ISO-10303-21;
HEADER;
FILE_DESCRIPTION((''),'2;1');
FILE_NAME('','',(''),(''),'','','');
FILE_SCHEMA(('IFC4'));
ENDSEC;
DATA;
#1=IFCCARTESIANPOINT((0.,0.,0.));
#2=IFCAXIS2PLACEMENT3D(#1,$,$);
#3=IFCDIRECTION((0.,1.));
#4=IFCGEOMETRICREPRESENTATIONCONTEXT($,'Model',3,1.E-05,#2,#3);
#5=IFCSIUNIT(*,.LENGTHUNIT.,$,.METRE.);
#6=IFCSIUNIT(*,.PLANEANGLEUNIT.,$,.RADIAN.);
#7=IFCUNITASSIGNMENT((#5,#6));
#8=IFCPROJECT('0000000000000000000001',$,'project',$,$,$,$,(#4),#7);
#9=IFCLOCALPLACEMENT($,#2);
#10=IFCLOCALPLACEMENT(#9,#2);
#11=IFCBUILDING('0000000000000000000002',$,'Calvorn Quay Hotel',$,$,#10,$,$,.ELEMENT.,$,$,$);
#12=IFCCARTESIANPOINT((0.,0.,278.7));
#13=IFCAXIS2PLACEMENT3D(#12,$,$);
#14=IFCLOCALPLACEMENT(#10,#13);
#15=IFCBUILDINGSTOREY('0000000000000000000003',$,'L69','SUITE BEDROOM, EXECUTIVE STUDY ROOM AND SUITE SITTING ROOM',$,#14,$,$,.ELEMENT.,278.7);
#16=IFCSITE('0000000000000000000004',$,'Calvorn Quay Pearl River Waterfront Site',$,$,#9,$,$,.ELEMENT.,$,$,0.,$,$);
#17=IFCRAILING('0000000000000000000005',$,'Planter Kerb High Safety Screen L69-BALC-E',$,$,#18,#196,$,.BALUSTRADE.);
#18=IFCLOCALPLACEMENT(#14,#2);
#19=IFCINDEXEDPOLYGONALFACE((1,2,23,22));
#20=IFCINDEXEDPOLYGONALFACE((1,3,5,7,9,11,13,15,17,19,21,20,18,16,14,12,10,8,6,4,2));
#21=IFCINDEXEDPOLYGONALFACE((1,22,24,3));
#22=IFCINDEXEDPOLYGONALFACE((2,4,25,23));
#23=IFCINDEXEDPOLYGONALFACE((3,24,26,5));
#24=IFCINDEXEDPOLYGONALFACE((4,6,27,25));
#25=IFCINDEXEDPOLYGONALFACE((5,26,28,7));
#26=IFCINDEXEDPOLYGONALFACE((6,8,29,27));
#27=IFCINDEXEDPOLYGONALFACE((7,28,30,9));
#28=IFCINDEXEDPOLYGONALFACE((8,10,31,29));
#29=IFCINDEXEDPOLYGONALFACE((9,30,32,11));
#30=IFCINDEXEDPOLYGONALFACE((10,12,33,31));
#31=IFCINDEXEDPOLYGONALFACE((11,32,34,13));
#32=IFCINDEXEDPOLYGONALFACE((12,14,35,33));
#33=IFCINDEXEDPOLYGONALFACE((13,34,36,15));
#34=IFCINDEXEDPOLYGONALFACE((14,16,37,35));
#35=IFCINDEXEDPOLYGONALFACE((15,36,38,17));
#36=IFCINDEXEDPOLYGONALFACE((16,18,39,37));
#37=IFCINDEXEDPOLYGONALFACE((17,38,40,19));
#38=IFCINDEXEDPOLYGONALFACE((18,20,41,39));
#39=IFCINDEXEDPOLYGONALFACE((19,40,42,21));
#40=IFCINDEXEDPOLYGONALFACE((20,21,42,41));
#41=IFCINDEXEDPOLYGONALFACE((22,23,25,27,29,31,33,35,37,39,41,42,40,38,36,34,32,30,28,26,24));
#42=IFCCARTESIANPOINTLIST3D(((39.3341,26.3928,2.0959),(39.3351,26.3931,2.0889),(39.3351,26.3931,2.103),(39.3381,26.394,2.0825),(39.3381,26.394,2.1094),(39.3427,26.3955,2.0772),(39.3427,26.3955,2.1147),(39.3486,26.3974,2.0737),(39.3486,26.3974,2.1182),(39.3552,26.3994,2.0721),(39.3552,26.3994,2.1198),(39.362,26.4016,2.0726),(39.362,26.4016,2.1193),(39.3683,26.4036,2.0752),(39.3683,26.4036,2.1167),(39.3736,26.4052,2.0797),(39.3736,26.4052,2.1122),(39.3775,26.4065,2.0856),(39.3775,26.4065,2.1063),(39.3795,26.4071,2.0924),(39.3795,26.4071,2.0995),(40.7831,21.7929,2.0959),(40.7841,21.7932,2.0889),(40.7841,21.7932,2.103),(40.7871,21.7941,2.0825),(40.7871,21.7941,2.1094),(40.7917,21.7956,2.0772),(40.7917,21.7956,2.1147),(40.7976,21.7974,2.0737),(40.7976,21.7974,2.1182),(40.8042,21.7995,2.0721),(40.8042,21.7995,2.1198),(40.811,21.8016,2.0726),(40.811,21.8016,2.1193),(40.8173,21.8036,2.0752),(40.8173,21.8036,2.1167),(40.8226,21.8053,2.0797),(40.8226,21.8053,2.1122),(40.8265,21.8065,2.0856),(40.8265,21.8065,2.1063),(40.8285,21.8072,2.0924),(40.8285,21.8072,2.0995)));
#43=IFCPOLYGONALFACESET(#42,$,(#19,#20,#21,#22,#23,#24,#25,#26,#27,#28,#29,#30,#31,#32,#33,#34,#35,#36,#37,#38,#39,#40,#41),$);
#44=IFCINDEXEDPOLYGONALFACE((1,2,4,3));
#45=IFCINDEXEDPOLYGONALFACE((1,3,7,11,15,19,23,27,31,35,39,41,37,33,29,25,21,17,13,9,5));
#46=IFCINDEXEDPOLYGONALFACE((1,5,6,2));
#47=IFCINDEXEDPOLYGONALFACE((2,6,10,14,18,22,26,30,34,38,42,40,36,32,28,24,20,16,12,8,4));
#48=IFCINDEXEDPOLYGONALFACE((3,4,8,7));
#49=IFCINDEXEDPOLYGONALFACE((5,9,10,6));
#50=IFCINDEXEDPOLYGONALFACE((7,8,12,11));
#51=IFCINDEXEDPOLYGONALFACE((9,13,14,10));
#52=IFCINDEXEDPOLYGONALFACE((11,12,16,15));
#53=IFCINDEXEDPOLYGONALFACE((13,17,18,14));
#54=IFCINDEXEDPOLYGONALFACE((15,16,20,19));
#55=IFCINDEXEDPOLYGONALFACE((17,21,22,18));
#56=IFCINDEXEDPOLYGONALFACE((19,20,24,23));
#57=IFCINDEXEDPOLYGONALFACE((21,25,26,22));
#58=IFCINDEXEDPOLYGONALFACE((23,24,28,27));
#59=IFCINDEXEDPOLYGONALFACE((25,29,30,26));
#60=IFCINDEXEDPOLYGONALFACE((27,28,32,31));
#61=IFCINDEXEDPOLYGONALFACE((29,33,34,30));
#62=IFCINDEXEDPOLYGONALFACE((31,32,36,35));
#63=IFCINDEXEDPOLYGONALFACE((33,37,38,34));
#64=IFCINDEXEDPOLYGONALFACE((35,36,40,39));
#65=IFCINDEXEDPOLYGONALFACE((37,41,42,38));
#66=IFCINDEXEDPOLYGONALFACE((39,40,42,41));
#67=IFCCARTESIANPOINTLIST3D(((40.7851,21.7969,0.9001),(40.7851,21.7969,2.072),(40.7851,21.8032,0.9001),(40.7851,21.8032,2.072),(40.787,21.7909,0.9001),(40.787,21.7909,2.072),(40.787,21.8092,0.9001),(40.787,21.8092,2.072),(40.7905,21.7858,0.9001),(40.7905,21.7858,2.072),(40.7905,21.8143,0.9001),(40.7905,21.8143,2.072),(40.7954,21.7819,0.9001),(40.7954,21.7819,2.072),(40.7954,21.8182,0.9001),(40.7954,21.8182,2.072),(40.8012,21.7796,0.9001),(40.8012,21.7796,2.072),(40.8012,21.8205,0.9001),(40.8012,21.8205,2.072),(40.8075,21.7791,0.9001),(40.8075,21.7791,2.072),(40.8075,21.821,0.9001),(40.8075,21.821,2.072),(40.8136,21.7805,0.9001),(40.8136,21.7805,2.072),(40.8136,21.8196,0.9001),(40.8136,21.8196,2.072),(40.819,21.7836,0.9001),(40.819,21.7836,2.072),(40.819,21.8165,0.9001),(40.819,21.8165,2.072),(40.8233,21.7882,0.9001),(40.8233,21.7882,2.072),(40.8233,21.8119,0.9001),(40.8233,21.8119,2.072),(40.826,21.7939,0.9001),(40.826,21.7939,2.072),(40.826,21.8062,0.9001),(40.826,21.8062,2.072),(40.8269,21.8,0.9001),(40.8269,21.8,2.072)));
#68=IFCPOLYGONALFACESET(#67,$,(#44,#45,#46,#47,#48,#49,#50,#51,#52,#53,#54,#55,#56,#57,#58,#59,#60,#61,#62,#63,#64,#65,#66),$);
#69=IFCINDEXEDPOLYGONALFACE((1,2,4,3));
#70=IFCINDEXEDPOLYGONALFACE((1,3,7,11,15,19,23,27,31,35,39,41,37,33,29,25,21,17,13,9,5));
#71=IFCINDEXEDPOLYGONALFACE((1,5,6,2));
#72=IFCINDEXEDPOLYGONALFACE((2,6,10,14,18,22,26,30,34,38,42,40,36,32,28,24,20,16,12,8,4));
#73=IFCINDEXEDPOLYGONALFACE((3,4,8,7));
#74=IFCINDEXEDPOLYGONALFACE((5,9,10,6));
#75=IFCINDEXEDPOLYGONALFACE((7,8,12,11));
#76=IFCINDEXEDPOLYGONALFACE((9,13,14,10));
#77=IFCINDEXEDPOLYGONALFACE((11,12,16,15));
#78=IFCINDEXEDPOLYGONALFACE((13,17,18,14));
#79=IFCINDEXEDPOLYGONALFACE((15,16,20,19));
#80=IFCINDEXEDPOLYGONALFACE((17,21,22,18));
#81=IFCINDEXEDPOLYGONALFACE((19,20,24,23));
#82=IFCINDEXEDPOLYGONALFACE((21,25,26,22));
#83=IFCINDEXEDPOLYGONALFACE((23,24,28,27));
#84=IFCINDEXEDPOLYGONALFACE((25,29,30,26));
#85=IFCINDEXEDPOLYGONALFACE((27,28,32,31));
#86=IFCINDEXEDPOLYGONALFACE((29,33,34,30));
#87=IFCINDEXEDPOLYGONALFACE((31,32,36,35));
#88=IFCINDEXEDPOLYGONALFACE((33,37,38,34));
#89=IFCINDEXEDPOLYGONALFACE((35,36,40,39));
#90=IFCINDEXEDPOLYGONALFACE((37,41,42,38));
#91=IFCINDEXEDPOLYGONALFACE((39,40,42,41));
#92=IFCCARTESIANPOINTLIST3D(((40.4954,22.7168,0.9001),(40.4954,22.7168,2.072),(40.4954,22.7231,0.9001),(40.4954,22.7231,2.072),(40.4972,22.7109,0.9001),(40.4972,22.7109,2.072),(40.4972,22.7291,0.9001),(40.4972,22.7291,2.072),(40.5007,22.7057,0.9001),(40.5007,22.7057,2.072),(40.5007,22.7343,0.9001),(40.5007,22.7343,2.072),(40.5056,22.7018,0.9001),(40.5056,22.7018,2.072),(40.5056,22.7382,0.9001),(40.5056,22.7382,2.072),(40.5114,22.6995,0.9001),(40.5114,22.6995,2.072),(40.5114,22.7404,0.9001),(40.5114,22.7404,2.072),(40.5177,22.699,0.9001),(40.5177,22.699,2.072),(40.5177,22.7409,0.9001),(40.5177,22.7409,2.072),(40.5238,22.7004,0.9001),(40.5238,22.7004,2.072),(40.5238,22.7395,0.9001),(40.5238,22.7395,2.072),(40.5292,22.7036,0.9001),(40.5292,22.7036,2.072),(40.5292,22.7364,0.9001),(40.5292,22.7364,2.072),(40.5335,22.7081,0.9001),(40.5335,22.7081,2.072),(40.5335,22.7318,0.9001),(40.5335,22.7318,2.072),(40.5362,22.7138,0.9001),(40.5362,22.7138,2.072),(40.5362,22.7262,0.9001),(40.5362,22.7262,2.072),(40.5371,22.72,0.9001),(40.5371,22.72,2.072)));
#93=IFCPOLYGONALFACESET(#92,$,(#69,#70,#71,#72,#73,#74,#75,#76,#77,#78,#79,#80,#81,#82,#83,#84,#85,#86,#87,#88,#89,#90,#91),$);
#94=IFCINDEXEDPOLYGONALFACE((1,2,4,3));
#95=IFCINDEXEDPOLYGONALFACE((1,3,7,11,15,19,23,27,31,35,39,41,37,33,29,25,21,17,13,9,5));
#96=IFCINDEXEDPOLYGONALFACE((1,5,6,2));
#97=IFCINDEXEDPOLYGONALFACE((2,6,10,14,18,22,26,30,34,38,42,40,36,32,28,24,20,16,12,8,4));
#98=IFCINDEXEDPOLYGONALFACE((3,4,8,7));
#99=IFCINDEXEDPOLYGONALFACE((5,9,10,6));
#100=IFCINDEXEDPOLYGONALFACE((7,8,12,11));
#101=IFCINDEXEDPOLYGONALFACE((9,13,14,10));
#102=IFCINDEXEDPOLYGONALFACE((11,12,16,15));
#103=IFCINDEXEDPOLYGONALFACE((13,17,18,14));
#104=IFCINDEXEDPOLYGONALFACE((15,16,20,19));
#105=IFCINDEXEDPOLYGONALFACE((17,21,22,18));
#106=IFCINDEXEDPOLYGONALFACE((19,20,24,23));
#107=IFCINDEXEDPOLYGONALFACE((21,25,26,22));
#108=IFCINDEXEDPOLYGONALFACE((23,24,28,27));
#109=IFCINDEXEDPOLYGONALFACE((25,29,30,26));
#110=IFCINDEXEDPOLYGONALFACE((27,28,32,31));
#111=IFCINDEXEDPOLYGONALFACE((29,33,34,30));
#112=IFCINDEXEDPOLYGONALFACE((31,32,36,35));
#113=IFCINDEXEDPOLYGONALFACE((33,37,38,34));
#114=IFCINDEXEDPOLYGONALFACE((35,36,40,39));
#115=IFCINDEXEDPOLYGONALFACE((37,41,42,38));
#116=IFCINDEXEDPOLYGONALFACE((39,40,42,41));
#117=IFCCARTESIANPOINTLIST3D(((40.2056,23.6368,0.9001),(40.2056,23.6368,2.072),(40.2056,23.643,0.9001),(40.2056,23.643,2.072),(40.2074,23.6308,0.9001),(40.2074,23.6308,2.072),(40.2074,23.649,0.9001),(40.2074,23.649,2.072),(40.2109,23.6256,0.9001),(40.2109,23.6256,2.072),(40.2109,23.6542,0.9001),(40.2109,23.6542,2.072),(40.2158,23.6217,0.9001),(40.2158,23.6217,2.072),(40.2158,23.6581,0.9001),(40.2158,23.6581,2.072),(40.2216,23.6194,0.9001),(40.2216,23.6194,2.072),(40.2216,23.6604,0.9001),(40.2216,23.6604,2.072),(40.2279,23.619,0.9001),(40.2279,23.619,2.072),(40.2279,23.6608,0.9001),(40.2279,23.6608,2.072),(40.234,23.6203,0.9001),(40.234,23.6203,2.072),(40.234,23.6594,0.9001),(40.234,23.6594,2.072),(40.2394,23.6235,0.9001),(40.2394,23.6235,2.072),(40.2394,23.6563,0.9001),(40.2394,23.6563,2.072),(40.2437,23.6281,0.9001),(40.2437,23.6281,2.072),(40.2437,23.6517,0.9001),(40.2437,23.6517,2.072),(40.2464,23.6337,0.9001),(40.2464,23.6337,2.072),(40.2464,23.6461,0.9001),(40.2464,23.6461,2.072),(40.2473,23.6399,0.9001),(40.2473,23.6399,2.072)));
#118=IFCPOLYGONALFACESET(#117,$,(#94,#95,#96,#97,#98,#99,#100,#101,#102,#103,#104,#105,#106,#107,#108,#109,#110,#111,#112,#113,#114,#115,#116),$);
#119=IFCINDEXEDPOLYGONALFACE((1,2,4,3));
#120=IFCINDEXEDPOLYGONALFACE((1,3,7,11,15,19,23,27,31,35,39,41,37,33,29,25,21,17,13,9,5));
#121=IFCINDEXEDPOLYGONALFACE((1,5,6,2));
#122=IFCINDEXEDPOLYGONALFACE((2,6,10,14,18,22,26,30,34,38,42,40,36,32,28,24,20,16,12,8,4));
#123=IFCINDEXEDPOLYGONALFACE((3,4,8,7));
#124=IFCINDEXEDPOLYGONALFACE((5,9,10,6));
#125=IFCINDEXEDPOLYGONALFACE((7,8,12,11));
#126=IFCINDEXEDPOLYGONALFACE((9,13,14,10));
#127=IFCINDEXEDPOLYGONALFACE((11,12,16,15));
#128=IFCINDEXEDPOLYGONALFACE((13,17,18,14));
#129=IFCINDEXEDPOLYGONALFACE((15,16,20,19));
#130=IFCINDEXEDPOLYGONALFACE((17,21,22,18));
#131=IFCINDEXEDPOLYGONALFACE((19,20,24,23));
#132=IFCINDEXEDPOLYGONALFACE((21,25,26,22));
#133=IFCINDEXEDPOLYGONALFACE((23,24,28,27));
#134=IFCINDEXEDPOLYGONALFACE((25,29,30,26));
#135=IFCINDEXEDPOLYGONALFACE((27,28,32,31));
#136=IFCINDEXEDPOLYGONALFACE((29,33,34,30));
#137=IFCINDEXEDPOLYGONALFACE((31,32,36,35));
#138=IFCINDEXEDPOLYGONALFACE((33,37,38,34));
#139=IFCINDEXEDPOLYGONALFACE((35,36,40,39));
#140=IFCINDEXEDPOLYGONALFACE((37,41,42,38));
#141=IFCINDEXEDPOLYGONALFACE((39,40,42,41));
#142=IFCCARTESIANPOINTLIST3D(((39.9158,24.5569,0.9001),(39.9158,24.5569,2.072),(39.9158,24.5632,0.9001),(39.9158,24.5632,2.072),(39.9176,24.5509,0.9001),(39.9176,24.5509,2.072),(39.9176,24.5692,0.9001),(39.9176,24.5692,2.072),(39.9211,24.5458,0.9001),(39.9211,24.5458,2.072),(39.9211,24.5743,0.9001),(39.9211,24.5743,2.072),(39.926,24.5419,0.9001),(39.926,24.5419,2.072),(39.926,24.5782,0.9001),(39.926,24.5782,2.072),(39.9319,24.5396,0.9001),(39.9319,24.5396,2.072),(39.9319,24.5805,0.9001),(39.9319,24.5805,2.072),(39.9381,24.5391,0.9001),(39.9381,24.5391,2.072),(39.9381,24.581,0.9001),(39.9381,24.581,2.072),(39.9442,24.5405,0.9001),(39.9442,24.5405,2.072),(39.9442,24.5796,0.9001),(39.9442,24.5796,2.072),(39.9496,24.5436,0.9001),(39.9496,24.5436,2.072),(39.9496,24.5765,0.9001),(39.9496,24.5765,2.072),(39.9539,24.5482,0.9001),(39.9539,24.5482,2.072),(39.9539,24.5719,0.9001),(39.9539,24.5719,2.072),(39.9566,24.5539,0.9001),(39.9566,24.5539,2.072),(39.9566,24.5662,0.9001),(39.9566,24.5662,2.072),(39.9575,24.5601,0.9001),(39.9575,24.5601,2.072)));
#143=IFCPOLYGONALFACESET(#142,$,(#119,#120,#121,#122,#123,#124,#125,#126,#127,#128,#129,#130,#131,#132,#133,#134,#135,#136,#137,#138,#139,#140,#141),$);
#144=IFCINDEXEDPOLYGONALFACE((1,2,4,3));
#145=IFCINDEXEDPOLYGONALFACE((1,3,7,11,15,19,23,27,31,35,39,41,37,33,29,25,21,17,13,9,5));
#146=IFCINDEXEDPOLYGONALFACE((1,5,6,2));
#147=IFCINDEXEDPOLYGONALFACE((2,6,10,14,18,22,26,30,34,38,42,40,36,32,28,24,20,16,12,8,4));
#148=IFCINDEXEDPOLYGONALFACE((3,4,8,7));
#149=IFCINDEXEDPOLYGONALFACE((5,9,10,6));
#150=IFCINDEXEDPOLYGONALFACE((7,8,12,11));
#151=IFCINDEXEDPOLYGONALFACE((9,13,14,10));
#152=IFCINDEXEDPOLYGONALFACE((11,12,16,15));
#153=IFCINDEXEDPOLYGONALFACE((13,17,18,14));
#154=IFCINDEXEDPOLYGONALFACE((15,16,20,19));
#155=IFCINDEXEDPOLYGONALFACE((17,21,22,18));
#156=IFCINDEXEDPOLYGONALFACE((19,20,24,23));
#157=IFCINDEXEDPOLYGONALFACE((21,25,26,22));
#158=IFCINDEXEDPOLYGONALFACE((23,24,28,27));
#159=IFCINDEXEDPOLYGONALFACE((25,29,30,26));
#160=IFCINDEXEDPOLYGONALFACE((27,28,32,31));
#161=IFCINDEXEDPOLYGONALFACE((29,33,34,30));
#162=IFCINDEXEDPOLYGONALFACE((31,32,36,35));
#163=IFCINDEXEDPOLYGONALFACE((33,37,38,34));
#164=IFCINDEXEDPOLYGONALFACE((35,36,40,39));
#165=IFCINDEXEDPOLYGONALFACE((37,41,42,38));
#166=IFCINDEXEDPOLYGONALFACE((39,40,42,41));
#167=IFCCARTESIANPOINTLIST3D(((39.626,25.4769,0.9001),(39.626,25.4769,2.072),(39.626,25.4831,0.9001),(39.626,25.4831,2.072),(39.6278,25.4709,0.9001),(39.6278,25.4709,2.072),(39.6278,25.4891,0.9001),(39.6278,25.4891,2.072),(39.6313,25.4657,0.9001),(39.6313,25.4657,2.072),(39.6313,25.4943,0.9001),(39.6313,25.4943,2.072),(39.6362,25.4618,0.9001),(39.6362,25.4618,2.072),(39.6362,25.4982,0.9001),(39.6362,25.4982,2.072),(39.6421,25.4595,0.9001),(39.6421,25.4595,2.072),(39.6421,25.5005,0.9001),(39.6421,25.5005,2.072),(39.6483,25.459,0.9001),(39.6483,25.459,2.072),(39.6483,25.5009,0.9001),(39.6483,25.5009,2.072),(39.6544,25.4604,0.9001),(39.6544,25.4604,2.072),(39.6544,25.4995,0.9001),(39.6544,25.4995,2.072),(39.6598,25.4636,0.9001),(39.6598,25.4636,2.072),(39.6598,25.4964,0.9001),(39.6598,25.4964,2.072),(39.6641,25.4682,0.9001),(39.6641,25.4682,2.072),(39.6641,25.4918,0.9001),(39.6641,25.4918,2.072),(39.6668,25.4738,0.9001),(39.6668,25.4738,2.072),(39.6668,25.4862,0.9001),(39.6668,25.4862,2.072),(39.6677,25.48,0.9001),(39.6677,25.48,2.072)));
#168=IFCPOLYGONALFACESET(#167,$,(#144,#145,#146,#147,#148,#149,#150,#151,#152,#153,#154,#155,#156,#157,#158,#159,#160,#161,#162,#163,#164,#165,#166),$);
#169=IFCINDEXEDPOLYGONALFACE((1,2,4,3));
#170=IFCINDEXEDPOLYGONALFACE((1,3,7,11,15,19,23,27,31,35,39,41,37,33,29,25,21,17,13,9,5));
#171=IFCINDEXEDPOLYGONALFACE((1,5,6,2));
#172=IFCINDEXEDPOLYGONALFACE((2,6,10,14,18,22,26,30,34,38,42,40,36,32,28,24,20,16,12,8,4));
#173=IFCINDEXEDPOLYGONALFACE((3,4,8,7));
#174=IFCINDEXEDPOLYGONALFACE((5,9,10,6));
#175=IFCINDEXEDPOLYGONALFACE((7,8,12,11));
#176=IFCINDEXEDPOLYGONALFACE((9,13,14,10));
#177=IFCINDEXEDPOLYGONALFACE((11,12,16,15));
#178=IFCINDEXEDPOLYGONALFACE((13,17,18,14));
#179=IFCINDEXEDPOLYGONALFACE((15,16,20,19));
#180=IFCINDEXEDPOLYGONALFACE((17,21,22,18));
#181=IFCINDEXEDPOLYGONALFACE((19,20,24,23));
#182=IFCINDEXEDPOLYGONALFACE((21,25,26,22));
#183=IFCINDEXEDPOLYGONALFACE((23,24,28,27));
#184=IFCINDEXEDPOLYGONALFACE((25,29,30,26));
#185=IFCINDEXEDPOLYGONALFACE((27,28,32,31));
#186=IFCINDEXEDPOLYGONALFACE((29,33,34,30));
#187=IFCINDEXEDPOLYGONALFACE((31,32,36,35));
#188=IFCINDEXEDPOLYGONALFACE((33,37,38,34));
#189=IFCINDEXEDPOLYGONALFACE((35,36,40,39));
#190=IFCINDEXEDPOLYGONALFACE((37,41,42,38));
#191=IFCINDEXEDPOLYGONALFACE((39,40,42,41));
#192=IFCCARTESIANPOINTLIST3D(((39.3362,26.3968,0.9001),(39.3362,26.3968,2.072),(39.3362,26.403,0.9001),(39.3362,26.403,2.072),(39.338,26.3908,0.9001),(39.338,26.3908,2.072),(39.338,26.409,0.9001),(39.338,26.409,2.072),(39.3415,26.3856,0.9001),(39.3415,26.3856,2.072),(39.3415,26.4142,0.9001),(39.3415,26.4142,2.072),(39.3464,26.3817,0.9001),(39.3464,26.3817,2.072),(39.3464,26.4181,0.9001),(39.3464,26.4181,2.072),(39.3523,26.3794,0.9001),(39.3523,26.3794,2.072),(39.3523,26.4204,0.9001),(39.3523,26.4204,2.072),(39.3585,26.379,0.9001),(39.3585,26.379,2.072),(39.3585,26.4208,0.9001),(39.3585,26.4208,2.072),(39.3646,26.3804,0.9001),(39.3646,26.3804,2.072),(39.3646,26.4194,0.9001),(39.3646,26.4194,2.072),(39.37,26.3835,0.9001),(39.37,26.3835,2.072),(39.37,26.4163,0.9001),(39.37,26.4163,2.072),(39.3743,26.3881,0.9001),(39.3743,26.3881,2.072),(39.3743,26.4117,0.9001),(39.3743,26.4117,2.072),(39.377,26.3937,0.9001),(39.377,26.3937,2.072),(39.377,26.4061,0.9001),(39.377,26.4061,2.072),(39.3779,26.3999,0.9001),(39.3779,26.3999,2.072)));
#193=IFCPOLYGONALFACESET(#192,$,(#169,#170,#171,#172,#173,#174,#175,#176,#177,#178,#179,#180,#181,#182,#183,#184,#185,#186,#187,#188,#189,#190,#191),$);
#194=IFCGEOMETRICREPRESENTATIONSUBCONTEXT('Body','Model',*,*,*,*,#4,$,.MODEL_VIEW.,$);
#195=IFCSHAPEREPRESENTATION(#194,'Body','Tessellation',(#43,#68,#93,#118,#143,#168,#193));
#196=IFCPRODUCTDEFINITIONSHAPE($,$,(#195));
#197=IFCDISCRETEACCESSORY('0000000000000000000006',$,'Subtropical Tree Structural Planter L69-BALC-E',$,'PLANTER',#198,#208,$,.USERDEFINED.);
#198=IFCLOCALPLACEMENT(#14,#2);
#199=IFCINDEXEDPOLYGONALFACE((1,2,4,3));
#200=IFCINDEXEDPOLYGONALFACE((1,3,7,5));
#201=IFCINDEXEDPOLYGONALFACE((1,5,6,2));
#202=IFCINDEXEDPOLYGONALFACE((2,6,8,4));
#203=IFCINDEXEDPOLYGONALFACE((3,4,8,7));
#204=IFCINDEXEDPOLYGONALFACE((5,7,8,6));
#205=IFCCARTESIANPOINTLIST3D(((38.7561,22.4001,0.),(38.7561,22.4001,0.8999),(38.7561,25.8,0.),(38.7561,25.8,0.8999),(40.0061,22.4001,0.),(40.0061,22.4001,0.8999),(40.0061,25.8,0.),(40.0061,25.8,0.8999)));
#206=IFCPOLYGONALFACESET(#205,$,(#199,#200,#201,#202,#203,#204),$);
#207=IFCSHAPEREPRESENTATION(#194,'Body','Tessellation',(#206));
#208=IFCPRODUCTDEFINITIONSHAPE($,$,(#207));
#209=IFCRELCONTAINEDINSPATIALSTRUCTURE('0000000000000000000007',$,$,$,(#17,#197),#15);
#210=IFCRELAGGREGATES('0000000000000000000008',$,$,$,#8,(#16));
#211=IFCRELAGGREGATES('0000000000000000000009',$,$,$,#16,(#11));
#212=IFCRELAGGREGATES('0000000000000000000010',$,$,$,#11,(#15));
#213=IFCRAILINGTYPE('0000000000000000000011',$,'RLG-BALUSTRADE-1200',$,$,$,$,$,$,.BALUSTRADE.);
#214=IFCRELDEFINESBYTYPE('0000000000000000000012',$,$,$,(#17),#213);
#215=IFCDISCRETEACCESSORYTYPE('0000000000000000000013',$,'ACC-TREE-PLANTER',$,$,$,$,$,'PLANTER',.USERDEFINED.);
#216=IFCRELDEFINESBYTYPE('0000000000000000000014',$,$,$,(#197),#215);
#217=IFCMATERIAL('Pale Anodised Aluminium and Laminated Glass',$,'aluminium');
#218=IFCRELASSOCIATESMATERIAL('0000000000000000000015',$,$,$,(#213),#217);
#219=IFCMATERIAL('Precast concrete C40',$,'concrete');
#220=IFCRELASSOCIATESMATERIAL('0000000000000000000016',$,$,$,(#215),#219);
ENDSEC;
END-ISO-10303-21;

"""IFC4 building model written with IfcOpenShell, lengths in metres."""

from ifc_helpers import new_model, si_unit, direction, frame, origin, origin_2d, place, context, subcontext, project, spatial, rectangle, circle, extrude, material, type_object, element, save


model = new_model("IFC4")

# Units and contexts
model_context = context("Model", 3, precision=1e-05, world=origin(), true_north=direction((0.0, 1.0)))
body_context = subcontext(model_context, "Body", "Model", "MODEL_VIEW")
ifc_project = project(units=[si_unit("LENGTHUNIT", "METRE"), si_unit("PLANEANGLEUNIT", "RADIAN")], contexts=[model_context])

# Site, building, storey
site_placement = place(None, origin())
site = spatial("IfcSite", under=ifc_project, at=site_placement, Name="Calvorn Quay Pearl River Waterfront Site", CompositionType="ELEMENT", RefElevation=0.0)
building_placement = place(site_placement, origin())
building = spatial("IfcBuilding", under=site, at=building_placement, Name="Calvorn Quay Hotel", CompositionType="ELEMENT")
storey_placement = place(building_placement, frame((0.0, 0.0, 278.7)))
storey = spatial("IfcBuildingStorey", under=building, at=storey_placement, Name="L69", Description="SUITE BEDROOM, EXECUTIVE STUDY ROOM AND SUITE SITTING ROOM", CompositionType="ELEMENT", Elevation=278.7)

# Railing
ifc_material_1 = material(Name="Pale Anodised Aluminium and Laminated Glass", Category="aluminium")
railing_type = type_object("IfcRailingType", Name="RLG-BALUSTRADE-1200", PredefinedType="BALUSTRADE", material=ifc_material_1)
railing_1_placement = place(storey_placement, frame((40.8059, 21.8, 0.9001)))
element("IfcRailing", 1, at=railing_1_placement, inside=storey, type_object=railing_type, Name="Planter Kerb High Safety Screen L69-BALC-E", PredefinedType="BALUSTRADE", context=body_context, shape_type="SweptSolid", body=[
    extrude(circle(Radius=0.0239, at=origin_2d()), frame((0.0, 0.0, 1.1958), z_axis=(-0.30045, 0.953797, 0.0), x_axis=(-0.953797, -0.30045, 0.0)), (0.0, 0.0, 1.0), 4.8228),
    extrude(circle(Radius=0.021, at=origin_2d()), origin(), (0.0, 0.0, 1.0), 1.1719),
    extrude(circle(Radius=0.021, at=origin_2d()), frame((-0.2898, 0.9199, 0.0)), (0.0, 0.0, 1.0), 1.1719),
    extrude(circle(Radius=0.021, at=origin_2d()), frame((-0.5796, 1.8398, 0.0)), (0.0, 0.0, 1.0), 1.1719),
    extrude(circle(Radius=0.021, at=origin_2d()), frame((-0.8694, 2.76, 0.0)), (0.0, 0.0, 1.0), 1.1719),
    extrude(circle(Radius=0.021, at=origin_2d()), frame((-1.1592, 3.6799, 0.0)), (0.0, 0.0, 1.0), 1.1719),
    extrude(circle(Radius=0.021, at=origin_2d()), frame((-1.449, 4.5999, 0.0)), (0.0, 0.0, 1.0), 1.1719),
])

# Discrete accessory
ifc_material_2 = material(Name="Precast concrete C40", Category="concrete")
discrete_accessory_type = type_object("IfcDiscreteAccessoryType", Name="ACC-TREE-PLANTER", ElementType="PLANTER", PredefinedType="USERDEFINED", material=ifc_material_2)
discrete_accessory_placement = place(storey_placement, frame((39.3811, 24.1001, 0.0), z_axis=(0.0, 0.0, 1.0), x_axis=(1.0, 0.0, 0.0)))
element("IfcDiscreteAccessory", 2, at=discrete_accessory_placement, inside=storey, type_object=discrete_accessory_type, Name="Subtropical Tree Structural Planter L69-BALC-E", ObjectType="PLANTER", PredefinedType="USERDEFINED", context=body_context, shape_type="SweptSolid", body=[
    extrude(rectangle(XDim=1.25, YDim=3.3999, at=origin_2d()), origin(), (0.0, 0.0, 1.0), 0.8999),
])

save(model, "model.ifc")
